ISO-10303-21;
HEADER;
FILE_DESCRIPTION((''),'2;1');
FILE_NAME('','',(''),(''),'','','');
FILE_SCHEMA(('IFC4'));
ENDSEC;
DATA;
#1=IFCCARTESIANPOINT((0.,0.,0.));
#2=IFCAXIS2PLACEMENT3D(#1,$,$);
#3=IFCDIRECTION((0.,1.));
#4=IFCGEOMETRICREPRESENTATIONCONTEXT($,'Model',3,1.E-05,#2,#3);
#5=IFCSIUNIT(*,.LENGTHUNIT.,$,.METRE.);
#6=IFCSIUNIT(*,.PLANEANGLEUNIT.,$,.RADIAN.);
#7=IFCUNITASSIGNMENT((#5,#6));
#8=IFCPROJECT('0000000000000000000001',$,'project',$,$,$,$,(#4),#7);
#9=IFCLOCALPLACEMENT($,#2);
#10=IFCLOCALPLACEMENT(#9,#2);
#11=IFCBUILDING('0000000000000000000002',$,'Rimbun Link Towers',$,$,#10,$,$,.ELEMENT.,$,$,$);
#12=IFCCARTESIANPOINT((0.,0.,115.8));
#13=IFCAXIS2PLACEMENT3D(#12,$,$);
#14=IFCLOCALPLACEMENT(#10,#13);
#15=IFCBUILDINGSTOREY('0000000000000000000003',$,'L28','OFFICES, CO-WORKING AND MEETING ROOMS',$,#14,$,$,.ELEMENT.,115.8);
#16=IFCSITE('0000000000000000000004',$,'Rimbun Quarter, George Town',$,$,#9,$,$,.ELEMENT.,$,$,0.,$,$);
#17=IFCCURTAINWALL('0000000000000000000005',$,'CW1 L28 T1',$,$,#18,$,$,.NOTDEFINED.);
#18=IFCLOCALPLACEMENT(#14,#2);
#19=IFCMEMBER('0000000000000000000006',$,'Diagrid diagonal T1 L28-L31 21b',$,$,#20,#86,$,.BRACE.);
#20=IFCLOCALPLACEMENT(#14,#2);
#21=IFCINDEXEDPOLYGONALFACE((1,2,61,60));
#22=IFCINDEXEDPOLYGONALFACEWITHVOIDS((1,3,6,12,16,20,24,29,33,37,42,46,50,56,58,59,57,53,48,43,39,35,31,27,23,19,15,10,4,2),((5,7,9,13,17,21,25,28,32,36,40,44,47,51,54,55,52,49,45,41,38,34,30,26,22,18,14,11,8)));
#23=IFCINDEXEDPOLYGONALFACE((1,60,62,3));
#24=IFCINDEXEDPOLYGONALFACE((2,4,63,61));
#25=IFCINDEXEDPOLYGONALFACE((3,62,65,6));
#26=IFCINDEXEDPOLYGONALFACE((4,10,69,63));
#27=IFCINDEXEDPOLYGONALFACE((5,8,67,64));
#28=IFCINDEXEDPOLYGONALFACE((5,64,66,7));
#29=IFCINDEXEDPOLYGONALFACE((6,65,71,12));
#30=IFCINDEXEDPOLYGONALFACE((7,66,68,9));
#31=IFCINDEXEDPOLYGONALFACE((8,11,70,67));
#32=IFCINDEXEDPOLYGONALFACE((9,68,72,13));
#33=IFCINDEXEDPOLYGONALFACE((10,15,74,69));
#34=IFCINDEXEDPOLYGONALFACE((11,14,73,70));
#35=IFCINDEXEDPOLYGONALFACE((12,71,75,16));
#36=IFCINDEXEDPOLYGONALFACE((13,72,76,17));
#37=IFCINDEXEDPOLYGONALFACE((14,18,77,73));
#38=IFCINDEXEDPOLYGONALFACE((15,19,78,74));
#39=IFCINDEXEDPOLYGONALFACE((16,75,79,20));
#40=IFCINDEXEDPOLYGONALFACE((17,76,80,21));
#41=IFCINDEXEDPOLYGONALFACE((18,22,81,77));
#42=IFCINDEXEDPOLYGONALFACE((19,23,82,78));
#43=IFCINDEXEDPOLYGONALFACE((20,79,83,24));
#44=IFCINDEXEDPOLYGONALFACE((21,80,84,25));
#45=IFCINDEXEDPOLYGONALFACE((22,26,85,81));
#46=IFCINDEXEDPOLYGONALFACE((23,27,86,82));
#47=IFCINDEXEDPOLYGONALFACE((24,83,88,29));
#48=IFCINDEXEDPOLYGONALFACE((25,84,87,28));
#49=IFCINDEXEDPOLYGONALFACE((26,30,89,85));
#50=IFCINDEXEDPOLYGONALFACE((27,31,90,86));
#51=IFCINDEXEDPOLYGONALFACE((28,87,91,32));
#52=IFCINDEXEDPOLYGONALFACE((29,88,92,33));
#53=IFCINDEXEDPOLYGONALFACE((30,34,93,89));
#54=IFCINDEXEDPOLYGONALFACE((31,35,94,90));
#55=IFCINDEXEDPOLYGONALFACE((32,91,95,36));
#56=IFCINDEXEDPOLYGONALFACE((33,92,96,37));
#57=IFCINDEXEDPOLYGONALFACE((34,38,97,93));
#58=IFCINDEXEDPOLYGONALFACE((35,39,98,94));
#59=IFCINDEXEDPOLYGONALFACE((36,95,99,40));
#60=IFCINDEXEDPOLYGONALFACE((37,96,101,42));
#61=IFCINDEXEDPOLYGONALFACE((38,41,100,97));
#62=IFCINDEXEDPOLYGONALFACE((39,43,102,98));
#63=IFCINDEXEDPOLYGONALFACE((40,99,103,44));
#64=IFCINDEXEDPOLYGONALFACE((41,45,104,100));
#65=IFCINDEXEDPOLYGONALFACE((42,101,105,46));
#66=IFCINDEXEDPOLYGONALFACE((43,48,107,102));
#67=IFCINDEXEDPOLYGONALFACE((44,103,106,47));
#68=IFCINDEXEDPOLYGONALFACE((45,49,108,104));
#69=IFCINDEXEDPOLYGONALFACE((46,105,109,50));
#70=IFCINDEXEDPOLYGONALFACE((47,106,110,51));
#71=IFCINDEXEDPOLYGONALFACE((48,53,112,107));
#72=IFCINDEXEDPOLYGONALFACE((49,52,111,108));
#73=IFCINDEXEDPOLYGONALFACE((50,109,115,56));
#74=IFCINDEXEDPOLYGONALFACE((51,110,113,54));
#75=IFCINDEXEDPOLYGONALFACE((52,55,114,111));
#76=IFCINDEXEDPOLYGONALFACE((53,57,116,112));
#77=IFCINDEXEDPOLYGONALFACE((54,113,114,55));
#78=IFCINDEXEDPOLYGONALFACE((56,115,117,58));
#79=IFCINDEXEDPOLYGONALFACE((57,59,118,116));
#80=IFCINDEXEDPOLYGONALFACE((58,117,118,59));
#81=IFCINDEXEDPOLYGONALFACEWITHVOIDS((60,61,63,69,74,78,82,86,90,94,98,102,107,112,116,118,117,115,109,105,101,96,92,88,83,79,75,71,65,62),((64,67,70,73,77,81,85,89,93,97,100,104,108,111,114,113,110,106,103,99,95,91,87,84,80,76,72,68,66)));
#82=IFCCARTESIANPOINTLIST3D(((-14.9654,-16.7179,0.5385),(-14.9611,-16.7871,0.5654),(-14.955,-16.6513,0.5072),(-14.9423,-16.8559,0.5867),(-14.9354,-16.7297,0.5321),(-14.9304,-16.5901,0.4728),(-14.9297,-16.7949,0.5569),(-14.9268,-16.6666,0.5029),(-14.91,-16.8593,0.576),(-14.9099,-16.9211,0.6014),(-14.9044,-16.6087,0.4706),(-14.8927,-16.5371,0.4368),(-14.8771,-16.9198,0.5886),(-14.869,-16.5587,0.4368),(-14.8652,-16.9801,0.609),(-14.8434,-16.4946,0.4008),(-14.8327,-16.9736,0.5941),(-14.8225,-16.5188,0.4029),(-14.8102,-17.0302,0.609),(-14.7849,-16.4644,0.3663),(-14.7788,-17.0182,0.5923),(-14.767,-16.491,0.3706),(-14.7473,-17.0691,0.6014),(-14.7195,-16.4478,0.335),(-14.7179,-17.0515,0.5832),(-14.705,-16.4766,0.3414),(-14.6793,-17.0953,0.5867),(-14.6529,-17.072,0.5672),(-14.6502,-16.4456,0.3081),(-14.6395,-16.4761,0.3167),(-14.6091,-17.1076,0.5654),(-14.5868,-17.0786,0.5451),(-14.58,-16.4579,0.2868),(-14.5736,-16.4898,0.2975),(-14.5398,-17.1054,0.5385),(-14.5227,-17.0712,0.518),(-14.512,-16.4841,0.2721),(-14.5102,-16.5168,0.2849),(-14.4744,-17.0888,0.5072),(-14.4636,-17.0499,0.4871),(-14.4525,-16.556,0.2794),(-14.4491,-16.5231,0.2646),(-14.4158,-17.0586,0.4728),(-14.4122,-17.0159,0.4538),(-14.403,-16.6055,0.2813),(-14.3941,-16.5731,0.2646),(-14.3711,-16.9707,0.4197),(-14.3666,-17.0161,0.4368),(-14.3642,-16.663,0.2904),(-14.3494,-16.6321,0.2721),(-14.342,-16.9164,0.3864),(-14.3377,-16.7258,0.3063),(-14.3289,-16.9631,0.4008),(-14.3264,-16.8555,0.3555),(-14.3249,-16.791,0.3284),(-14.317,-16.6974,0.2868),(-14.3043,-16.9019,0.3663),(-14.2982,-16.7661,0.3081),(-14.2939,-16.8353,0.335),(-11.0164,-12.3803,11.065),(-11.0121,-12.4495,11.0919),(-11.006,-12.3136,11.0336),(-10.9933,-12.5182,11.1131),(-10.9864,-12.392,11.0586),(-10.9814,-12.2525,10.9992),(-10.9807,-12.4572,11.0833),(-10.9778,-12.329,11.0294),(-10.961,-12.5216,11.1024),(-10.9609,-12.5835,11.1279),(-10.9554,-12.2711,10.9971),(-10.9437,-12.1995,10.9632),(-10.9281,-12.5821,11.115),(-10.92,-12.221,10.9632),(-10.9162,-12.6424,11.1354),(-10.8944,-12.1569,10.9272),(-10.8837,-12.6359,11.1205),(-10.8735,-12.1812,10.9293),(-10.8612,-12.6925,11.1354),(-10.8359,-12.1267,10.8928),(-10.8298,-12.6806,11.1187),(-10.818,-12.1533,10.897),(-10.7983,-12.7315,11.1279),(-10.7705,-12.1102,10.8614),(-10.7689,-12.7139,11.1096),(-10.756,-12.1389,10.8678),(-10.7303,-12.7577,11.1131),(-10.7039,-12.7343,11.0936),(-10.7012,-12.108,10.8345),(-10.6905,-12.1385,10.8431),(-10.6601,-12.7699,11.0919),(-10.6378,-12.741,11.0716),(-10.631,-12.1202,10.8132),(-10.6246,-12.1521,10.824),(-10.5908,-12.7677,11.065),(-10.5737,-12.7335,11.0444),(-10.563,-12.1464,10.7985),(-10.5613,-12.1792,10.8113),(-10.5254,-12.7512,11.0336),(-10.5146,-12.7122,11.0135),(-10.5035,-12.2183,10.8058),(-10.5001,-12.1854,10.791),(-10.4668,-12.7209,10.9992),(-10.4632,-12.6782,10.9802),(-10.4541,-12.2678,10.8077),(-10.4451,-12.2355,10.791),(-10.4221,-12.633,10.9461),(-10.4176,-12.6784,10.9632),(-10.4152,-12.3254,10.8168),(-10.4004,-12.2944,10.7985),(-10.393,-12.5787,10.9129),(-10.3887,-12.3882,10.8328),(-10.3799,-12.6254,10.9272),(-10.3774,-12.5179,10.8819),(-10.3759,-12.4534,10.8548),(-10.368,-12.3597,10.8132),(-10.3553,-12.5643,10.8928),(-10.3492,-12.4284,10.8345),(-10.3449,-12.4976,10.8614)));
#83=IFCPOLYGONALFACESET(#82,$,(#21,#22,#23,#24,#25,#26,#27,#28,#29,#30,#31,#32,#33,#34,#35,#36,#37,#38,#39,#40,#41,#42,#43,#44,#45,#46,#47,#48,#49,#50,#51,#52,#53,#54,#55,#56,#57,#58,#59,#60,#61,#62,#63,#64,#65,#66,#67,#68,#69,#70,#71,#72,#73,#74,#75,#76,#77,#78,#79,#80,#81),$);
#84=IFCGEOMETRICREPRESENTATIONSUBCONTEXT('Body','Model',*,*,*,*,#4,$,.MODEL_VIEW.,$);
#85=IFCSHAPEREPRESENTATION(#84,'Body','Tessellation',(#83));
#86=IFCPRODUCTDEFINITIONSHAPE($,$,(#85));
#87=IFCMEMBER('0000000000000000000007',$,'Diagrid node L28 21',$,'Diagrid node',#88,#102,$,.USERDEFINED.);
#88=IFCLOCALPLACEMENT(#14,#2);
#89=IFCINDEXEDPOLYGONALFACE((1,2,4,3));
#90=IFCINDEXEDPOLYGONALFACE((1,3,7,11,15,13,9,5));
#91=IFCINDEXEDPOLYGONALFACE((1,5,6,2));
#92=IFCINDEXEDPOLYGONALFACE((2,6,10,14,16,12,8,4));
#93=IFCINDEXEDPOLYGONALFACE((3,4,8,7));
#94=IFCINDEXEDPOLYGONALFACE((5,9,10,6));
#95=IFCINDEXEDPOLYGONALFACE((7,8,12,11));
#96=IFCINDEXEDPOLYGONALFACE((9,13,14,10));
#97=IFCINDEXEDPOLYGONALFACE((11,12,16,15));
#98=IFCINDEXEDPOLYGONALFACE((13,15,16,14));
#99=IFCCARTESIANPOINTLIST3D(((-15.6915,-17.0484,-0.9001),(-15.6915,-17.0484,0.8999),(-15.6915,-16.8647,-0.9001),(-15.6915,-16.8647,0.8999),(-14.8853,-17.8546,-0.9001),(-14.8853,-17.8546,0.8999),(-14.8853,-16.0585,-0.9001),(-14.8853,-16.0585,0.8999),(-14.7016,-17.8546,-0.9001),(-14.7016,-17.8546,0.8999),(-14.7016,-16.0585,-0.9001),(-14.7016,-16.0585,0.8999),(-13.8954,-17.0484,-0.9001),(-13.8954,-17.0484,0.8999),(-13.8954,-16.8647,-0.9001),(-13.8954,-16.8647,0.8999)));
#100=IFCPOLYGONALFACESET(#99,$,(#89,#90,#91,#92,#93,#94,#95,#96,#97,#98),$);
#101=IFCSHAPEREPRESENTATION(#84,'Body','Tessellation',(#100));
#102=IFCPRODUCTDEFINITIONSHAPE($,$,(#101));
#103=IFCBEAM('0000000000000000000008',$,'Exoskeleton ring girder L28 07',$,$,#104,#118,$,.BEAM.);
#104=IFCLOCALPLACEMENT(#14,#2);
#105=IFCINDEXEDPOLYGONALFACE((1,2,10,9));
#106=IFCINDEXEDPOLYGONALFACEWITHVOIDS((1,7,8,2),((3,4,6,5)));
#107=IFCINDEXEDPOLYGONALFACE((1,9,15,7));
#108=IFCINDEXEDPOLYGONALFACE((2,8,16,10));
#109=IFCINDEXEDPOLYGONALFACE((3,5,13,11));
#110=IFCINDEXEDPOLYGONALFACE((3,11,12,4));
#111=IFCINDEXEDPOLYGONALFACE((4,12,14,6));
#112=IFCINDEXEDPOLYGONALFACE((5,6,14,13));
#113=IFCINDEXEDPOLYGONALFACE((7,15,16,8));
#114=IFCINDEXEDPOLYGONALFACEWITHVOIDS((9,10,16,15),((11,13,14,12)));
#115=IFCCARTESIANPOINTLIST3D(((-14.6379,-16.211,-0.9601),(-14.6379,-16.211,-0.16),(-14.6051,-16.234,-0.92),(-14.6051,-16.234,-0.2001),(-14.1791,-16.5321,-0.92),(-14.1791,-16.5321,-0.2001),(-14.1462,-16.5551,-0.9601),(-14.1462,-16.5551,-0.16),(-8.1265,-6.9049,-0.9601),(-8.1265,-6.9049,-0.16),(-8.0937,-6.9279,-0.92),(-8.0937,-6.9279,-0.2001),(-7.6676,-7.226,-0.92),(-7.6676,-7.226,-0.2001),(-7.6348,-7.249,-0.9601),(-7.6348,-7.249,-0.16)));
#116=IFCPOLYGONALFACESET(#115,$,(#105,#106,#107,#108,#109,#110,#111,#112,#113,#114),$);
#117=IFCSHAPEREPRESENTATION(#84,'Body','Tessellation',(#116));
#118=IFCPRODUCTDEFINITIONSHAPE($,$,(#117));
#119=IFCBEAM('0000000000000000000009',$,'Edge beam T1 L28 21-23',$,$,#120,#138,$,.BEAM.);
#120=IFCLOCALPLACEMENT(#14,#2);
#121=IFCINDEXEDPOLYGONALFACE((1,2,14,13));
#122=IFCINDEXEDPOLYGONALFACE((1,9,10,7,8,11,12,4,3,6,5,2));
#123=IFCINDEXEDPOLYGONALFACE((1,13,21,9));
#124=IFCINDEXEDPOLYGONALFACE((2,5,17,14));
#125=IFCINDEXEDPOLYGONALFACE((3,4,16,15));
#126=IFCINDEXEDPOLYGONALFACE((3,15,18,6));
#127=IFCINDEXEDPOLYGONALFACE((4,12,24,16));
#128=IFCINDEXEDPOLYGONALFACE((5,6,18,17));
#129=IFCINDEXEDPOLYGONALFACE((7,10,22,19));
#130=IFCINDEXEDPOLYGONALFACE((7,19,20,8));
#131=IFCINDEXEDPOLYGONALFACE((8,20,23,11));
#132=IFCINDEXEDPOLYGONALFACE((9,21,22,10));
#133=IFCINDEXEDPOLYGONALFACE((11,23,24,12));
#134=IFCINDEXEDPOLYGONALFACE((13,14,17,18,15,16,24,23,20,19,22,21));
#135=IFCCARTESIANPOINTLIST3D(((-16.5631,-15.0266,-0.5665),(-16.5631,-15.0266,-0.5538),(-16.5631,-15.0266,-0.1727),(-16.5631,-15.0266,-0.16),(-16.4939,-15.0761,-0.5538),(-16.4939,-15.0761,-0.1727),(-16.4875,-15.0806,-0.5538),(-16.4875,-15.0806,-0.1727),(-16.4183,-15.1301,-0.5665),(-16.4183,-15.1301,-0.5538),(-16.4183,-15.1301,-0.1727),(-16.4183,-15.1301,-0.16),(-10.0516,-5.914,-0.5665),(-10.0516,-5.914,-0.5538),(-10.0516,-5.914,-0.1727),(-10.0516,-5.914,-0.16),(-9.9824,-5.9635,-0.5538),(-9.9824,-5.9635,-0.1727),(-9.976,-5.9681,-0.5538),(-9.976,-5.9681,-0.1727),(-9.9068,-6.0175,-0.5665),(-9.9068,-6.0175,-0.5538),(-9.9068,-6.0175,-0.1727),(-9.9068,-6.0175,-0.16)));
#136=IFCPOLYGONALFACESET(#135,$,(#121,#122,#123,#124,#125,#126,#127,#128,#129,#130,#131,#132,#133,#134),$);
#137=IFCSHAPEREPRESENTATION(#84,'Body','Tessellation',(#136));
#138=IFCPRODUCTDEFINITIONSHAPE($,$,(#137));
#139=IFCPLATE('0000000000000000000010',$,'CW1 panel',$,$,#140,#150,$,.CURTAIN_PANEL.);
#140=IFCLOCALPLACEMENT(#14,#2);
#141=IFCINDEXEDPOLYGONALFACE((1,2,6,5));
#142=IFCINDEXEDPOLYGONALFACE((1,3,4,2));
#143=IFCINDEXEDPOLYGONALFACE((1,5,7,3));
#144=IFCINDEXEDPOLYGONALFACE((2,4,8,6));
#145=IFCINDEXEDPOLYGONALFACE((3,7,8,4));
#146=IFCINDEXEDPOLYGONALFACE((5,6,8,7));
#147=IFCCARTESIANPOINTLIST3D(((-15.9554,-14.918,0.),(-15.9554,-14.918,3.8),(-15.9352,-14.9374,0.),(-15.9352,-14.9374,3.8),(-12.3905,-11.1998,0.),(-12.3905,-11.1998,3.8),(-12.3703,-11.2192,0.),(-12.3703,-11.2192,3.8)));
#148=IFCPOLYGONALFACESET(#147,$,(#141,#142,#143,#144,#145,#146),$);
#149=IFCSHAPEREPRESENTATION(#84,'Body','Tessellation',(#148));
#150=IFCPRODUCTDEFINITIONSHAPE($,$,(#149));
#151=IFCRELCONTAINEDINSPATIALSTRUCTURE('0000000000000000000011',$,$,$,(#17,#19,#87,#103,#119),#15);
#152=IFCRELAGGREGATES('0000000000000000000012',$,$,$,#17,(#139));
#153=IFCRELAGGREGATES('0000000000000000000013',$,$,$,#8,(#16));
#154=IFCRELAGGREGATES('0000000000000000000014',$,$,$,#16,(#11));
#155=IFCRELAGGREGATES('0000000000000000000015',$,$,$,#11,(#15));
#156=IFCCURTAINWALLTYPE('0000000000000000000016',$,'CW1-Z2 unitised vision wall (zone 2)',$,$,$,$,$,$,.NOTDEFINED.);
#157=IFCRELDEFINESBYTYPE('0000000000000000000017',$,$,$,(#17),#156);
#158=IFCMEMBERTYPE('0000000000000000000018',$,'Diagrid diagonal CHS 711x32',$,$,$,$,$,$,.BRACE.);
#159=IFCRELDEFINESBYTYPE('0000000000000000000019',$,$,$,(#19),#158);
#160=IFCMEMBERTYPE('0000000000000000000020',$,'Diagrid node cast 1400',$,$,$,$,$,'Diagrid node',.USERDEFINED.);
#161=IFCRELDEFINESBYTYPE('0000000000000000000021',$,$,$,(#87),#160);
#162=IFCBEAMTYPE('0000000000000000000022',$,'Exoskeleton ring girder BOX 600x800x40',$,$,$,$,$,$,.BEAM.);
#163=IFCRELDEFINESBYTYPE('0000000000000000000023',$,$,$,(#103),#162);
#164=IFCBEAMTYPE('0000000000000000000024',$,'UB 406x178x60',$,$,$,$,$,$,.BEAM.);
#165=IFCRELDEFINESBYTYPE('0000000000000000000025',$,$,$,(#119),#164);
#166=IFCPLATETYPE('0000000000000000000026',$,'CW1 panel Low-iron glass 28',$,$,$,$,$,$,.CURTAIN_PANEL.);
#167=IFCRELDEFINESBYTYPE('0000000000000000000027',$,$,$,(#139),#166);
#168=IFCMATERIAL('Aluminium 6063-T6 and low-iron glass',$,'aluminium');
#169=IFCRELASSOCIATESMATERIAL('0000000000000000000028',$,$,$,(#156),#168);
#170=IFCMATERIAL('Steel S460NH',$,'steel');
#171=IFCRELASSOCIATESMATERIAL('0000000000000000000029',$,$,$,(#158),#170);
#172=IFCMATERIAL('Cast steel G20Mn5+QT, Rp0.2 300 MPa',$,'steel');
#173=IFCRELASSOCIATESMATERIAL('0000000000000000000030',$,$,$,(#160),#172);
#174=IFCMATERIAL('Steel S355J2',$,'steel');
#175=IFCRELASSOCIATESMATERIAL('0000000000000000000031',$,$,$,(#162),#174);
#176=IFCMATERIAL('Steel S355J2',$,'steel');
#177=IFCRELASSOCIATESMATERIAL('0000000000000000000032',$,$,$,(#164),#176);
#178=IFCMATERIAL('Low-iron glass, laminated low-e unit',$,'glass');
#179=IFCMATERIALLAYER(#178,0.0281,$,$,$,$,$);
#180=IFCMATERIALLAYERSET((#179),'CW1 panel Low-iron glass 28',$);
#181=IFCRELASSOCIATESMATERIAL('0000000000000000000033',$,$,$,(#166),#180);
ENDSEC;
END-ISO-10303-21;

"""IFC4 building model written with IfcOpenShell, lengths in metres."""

from ifc_helpers import new_model, si_unit, direction, frame, origin, origin_2d, place, context, subcontext, project, spatial, polyline, rectangle, hollow_rectangle, hollow_circle, i_section, outline, extrude, material, layer, layer_set, material_profile, profile_set, type_object, element, aggregate, save


model = new_model("IFC4")

# Units and contexts
model_context = context("Model", 3, precision=1e-05, world=origin(), true_north=direction((0.0, 1.0)))
body_context = subcontext(model_context, "Body", "Model", "MODEL_VIEW")
ifc_project = project(units=[si_unit("LENGTHUNIT", "METRE"), si_unit("PLANEANGLEUNIT", "RADIAN")], contexts=[model_context])

# Site, building, storey
site_placement = place(None, origin())
site = spatial("IfcSite", under=ifc_project, at=site_placement, Name="Rimbun Quarter, George Town", CompositionType="ELEMENT", RefElevation=0.0)
building_placement = place(site_placement, origin())
building = spatial("IfcBuilding", under=site, at=building_placement, Name="Rimbun Link Towers", CompositionType="ELEMENT")
storey_placement = place(building_placement, frame((0.0, 0.0, 115.8)))
storey = spatial("IfcBuildingStorey", under=building, at=storey_placement, Name="L28", Description="OFFICES, CO-WORKING AND MEETING ROOMS", CompositionType="ELEMENT", Elevation=115.8)

# Curtain wall
ifc_material_1 = material(Name="Aluminium 6063-T6 and low-iron glass", Category="aluminium")
curtain_wall_type = type_object("IfcCurtainWallType", Name="CW1-Z2 unitised vision wall (zone 2)", PredefinedType="NOTDEFINED", material=ifc_material_1)
curtain_wall_placement = place(storey_placement, origin())
curtain_wall = element("IfcCurtainWall", 1, at=curtain_wall_placement, inside=storey, type_object=curtain_wall_type, Name="CW1 L28 T1", PredefinedType="NOTDEFINED")

# Members
ifc_material_2 = material(Name="Steel S460NH", Category="steel")
ifc_material_profile_1 = material_profile(ifc_material_2, hollow_circle(Radius=0.3557, WallThickness=0.032, at=origin_2d()), Name="Diagrid diagonal CHS 711x32")
ifc_profile_set_1 = profile_set([ifc_material_profile_1], Name="Steel S460NH")
member_type_1 = type_object("IfcMemberType", Name="Diagrid diagonal CHS 711x32", PredefinedType="BRACE", material=ifc_profile_set_1)
member_1_placement = place(storey_placement, frame((-14.6296, -16.7766, 0.4368), z_axis=(0.327703, 0.359956, 0.873523), x_axis=(-0.73946, 0.673201, 0.0)))
element("IfcMember", 2, at=member_1_placement, inside=storey, type_object=member_type_1, Name="Diagrid diagonal T1 L28-L31 21b", PredefinedType="BRACE", context=body_context, shape_type="SweptSolid", body=[
    extrude(hollow_circle(Radius=0.3557, WallThickness=0.032, at=origin_2d()), origin(), (0.0, 0.0, 1.0), 12.0505),
])
ifc_material_3 = material(Name="Cast steel G20Mn5+QT, Rp0.2 300 MPa", Category="steel")
ifc_material_profile_2 = material_profile(ifc_material_3, outline(polyline([(0.7, -0.5701), (0.7, 0.5701), (0.5701, 0.7), (-0.5701, 0.7), (-0.7, 0.5701), (-0.7, -0.5701), (-0.5701, -0.7), (0.5701, -0.7), (0.7, -0.5701)])), Name="NODE 1400x1400")
ifc_profile_set_2 = profile_set([ifc_material_profile_2], Name="Cast steel G20Mn5+QT, Rp0.2 300 MPa")
member_type_2 = type_object("IfcMemberType", Name="Diagrid node cast 1400", ElementType="Diagrid node", PredefinedType="USERDEFINED", material=ifc_profile_set_2)
member_2_placement = place(storey_placement, frame((-14.7935, -16.9565, -0.9001), z_axis=(0.0, 0.0, 1.0), x_axis=(0.707107, -0.707107, 0.0)))
element("IfcMember", 3, at=member_2_placement, inside=storey, type_object=member_type_2, Name="Diagrid node L28 21", ObjectType="Diagrid node", PredefinedType="USERDEFINED", context=body_context, shape_type="SweptSolid", body=[
    extrude(outline(polyline([(0.7, -0.5701), (0.7, 0.5701), (0.5701, 0.7), (-0.5701, 0.7), (-0.7, 0.5701), (-0.7, -0.5701), (-0.5701, -0.7), (0.5701, -0.7), (0.7, -0.5701)])), origin(), (0.0, 0.0, 1.0), 1.8),
])

# Beams
ifc_material_4 = material(Name="Steel S355J2", Category="steel")
ifc_material_profile_3 = material_profile(ifc_material_4, hollow_rectangle(XDim=0.6001, YDim=0.8, WallThickness=0.04, at=origin_2d()), Name="Exoskeleton ring girder BOX 600x800x40")
ifc_profile_set_3 = profile_set([ifc_material_profile_3], Name="Steel S355J2")
beam_type_1 = type_object("IfcBeamType", Name="Exoskeleton ring girder BOX 600x800x40", PredefinedType="BEAM", material=ifc_profile_set_3)
beam_1_placement = place(storey_placement, frame((-14.3921, -16.3831, -0.5601), z_axis=(0.573295, 0.819349, 0.0), x_axis=(-0.819349, 0.573295, 0.0)))
element("IfcBeam", 4, at=beam_1_placement, inside=storey, type_object=beam_type_1, Name="Exoskeleton ring girder L28 07", PredefinedType="BEAM", context=body_context, shape_type="SweptSolid", body=[
    extrude(hollow_rectangle(XDim=0.6001, YDim=0.8, WallThickness=0.04, at=origin_2d()), origin(), (0.0, 0.0, 1.0), 11.3579),
])
ifc_material_5 = material(Name="Steel S355J2", Category="steel")
ifc_material_profile_4 = material_profile(ifc_material_5, i_section(OverallWidth=0.178, OverallDepth=0.4065, WebThickness=0.0078, FlangeThickness=0.0127, at=origin_2d()), Name="UB 406x178x60")
ifc_profile_set_4 = profile_set([ifc_material_profile_4], Name="Steel S355J2")
beam_type_2 = type_object("IfcBeamType", Name="UB 406x178x60", PredefinedType="BEAM", material=ifc_profile_set_4)
beam_2_placement = place(storey_placement, frame((-16.4907, -15.0784, -0.3633), z_axis=(0.581387, 0.813627, 0.0), x_axis=(-0.813627, 0.581387, 0.0)))
element("IfcBeam", 5, at=beam_2_placement, inside=storey, type_object=beam_type_2, Name="Edge beam T1 L28 21-23", PredefinedType="BEAM", context=body_context, shape_type="SweptSolid", body=[
    extrude(i_section(OverallWidth=0.178, OverallDepth=0.4065, WebThickness=0.0078, FlangeThickness=0.0127, at=origin_2d()), origin(), (0.0, 0.0, 1.0), 11.2),
])

# Plate
ifc_material_6 = material(Name="Low-iron glass, laminated low-e unit", Category="glass")
ifc_layer_1 = layer(ifc_material_6, 0.0281)
ifc_layer_set_1 = layer_set([ifc_layer_1], Name="CW1 panel Low-iron glass 28")
plate_type = type_object("IfcPlateType", Name="CW1 panel Low-iron glass 28", PredefinedType="CURTAIN_PANEL", material=ifc_layer_set_1)
plate_placement = place(storey_placement, frame((-14.1628, -13.0686, 0.0), z_axis=(0.0, 0.0, 1.0), x_axis=(-0.692065, -0.721835, 0.0)))
plate = element("IfcPlate", 6, at=plate_placement, type_object=plate_type, Name="CW1 panel", PredefinedType="CURTAIN_PANEL", context=body_context, shape_type="SweptSolid", body=[
    extrude(rectangle(XDim=5.1511, YDim=0.0281, at=origin_2d()), origin(), (0.0, 0.0, 1.0), 3.8),
])
aggregate(curtain_wall, [plate])

save(model, "model.ifc")
